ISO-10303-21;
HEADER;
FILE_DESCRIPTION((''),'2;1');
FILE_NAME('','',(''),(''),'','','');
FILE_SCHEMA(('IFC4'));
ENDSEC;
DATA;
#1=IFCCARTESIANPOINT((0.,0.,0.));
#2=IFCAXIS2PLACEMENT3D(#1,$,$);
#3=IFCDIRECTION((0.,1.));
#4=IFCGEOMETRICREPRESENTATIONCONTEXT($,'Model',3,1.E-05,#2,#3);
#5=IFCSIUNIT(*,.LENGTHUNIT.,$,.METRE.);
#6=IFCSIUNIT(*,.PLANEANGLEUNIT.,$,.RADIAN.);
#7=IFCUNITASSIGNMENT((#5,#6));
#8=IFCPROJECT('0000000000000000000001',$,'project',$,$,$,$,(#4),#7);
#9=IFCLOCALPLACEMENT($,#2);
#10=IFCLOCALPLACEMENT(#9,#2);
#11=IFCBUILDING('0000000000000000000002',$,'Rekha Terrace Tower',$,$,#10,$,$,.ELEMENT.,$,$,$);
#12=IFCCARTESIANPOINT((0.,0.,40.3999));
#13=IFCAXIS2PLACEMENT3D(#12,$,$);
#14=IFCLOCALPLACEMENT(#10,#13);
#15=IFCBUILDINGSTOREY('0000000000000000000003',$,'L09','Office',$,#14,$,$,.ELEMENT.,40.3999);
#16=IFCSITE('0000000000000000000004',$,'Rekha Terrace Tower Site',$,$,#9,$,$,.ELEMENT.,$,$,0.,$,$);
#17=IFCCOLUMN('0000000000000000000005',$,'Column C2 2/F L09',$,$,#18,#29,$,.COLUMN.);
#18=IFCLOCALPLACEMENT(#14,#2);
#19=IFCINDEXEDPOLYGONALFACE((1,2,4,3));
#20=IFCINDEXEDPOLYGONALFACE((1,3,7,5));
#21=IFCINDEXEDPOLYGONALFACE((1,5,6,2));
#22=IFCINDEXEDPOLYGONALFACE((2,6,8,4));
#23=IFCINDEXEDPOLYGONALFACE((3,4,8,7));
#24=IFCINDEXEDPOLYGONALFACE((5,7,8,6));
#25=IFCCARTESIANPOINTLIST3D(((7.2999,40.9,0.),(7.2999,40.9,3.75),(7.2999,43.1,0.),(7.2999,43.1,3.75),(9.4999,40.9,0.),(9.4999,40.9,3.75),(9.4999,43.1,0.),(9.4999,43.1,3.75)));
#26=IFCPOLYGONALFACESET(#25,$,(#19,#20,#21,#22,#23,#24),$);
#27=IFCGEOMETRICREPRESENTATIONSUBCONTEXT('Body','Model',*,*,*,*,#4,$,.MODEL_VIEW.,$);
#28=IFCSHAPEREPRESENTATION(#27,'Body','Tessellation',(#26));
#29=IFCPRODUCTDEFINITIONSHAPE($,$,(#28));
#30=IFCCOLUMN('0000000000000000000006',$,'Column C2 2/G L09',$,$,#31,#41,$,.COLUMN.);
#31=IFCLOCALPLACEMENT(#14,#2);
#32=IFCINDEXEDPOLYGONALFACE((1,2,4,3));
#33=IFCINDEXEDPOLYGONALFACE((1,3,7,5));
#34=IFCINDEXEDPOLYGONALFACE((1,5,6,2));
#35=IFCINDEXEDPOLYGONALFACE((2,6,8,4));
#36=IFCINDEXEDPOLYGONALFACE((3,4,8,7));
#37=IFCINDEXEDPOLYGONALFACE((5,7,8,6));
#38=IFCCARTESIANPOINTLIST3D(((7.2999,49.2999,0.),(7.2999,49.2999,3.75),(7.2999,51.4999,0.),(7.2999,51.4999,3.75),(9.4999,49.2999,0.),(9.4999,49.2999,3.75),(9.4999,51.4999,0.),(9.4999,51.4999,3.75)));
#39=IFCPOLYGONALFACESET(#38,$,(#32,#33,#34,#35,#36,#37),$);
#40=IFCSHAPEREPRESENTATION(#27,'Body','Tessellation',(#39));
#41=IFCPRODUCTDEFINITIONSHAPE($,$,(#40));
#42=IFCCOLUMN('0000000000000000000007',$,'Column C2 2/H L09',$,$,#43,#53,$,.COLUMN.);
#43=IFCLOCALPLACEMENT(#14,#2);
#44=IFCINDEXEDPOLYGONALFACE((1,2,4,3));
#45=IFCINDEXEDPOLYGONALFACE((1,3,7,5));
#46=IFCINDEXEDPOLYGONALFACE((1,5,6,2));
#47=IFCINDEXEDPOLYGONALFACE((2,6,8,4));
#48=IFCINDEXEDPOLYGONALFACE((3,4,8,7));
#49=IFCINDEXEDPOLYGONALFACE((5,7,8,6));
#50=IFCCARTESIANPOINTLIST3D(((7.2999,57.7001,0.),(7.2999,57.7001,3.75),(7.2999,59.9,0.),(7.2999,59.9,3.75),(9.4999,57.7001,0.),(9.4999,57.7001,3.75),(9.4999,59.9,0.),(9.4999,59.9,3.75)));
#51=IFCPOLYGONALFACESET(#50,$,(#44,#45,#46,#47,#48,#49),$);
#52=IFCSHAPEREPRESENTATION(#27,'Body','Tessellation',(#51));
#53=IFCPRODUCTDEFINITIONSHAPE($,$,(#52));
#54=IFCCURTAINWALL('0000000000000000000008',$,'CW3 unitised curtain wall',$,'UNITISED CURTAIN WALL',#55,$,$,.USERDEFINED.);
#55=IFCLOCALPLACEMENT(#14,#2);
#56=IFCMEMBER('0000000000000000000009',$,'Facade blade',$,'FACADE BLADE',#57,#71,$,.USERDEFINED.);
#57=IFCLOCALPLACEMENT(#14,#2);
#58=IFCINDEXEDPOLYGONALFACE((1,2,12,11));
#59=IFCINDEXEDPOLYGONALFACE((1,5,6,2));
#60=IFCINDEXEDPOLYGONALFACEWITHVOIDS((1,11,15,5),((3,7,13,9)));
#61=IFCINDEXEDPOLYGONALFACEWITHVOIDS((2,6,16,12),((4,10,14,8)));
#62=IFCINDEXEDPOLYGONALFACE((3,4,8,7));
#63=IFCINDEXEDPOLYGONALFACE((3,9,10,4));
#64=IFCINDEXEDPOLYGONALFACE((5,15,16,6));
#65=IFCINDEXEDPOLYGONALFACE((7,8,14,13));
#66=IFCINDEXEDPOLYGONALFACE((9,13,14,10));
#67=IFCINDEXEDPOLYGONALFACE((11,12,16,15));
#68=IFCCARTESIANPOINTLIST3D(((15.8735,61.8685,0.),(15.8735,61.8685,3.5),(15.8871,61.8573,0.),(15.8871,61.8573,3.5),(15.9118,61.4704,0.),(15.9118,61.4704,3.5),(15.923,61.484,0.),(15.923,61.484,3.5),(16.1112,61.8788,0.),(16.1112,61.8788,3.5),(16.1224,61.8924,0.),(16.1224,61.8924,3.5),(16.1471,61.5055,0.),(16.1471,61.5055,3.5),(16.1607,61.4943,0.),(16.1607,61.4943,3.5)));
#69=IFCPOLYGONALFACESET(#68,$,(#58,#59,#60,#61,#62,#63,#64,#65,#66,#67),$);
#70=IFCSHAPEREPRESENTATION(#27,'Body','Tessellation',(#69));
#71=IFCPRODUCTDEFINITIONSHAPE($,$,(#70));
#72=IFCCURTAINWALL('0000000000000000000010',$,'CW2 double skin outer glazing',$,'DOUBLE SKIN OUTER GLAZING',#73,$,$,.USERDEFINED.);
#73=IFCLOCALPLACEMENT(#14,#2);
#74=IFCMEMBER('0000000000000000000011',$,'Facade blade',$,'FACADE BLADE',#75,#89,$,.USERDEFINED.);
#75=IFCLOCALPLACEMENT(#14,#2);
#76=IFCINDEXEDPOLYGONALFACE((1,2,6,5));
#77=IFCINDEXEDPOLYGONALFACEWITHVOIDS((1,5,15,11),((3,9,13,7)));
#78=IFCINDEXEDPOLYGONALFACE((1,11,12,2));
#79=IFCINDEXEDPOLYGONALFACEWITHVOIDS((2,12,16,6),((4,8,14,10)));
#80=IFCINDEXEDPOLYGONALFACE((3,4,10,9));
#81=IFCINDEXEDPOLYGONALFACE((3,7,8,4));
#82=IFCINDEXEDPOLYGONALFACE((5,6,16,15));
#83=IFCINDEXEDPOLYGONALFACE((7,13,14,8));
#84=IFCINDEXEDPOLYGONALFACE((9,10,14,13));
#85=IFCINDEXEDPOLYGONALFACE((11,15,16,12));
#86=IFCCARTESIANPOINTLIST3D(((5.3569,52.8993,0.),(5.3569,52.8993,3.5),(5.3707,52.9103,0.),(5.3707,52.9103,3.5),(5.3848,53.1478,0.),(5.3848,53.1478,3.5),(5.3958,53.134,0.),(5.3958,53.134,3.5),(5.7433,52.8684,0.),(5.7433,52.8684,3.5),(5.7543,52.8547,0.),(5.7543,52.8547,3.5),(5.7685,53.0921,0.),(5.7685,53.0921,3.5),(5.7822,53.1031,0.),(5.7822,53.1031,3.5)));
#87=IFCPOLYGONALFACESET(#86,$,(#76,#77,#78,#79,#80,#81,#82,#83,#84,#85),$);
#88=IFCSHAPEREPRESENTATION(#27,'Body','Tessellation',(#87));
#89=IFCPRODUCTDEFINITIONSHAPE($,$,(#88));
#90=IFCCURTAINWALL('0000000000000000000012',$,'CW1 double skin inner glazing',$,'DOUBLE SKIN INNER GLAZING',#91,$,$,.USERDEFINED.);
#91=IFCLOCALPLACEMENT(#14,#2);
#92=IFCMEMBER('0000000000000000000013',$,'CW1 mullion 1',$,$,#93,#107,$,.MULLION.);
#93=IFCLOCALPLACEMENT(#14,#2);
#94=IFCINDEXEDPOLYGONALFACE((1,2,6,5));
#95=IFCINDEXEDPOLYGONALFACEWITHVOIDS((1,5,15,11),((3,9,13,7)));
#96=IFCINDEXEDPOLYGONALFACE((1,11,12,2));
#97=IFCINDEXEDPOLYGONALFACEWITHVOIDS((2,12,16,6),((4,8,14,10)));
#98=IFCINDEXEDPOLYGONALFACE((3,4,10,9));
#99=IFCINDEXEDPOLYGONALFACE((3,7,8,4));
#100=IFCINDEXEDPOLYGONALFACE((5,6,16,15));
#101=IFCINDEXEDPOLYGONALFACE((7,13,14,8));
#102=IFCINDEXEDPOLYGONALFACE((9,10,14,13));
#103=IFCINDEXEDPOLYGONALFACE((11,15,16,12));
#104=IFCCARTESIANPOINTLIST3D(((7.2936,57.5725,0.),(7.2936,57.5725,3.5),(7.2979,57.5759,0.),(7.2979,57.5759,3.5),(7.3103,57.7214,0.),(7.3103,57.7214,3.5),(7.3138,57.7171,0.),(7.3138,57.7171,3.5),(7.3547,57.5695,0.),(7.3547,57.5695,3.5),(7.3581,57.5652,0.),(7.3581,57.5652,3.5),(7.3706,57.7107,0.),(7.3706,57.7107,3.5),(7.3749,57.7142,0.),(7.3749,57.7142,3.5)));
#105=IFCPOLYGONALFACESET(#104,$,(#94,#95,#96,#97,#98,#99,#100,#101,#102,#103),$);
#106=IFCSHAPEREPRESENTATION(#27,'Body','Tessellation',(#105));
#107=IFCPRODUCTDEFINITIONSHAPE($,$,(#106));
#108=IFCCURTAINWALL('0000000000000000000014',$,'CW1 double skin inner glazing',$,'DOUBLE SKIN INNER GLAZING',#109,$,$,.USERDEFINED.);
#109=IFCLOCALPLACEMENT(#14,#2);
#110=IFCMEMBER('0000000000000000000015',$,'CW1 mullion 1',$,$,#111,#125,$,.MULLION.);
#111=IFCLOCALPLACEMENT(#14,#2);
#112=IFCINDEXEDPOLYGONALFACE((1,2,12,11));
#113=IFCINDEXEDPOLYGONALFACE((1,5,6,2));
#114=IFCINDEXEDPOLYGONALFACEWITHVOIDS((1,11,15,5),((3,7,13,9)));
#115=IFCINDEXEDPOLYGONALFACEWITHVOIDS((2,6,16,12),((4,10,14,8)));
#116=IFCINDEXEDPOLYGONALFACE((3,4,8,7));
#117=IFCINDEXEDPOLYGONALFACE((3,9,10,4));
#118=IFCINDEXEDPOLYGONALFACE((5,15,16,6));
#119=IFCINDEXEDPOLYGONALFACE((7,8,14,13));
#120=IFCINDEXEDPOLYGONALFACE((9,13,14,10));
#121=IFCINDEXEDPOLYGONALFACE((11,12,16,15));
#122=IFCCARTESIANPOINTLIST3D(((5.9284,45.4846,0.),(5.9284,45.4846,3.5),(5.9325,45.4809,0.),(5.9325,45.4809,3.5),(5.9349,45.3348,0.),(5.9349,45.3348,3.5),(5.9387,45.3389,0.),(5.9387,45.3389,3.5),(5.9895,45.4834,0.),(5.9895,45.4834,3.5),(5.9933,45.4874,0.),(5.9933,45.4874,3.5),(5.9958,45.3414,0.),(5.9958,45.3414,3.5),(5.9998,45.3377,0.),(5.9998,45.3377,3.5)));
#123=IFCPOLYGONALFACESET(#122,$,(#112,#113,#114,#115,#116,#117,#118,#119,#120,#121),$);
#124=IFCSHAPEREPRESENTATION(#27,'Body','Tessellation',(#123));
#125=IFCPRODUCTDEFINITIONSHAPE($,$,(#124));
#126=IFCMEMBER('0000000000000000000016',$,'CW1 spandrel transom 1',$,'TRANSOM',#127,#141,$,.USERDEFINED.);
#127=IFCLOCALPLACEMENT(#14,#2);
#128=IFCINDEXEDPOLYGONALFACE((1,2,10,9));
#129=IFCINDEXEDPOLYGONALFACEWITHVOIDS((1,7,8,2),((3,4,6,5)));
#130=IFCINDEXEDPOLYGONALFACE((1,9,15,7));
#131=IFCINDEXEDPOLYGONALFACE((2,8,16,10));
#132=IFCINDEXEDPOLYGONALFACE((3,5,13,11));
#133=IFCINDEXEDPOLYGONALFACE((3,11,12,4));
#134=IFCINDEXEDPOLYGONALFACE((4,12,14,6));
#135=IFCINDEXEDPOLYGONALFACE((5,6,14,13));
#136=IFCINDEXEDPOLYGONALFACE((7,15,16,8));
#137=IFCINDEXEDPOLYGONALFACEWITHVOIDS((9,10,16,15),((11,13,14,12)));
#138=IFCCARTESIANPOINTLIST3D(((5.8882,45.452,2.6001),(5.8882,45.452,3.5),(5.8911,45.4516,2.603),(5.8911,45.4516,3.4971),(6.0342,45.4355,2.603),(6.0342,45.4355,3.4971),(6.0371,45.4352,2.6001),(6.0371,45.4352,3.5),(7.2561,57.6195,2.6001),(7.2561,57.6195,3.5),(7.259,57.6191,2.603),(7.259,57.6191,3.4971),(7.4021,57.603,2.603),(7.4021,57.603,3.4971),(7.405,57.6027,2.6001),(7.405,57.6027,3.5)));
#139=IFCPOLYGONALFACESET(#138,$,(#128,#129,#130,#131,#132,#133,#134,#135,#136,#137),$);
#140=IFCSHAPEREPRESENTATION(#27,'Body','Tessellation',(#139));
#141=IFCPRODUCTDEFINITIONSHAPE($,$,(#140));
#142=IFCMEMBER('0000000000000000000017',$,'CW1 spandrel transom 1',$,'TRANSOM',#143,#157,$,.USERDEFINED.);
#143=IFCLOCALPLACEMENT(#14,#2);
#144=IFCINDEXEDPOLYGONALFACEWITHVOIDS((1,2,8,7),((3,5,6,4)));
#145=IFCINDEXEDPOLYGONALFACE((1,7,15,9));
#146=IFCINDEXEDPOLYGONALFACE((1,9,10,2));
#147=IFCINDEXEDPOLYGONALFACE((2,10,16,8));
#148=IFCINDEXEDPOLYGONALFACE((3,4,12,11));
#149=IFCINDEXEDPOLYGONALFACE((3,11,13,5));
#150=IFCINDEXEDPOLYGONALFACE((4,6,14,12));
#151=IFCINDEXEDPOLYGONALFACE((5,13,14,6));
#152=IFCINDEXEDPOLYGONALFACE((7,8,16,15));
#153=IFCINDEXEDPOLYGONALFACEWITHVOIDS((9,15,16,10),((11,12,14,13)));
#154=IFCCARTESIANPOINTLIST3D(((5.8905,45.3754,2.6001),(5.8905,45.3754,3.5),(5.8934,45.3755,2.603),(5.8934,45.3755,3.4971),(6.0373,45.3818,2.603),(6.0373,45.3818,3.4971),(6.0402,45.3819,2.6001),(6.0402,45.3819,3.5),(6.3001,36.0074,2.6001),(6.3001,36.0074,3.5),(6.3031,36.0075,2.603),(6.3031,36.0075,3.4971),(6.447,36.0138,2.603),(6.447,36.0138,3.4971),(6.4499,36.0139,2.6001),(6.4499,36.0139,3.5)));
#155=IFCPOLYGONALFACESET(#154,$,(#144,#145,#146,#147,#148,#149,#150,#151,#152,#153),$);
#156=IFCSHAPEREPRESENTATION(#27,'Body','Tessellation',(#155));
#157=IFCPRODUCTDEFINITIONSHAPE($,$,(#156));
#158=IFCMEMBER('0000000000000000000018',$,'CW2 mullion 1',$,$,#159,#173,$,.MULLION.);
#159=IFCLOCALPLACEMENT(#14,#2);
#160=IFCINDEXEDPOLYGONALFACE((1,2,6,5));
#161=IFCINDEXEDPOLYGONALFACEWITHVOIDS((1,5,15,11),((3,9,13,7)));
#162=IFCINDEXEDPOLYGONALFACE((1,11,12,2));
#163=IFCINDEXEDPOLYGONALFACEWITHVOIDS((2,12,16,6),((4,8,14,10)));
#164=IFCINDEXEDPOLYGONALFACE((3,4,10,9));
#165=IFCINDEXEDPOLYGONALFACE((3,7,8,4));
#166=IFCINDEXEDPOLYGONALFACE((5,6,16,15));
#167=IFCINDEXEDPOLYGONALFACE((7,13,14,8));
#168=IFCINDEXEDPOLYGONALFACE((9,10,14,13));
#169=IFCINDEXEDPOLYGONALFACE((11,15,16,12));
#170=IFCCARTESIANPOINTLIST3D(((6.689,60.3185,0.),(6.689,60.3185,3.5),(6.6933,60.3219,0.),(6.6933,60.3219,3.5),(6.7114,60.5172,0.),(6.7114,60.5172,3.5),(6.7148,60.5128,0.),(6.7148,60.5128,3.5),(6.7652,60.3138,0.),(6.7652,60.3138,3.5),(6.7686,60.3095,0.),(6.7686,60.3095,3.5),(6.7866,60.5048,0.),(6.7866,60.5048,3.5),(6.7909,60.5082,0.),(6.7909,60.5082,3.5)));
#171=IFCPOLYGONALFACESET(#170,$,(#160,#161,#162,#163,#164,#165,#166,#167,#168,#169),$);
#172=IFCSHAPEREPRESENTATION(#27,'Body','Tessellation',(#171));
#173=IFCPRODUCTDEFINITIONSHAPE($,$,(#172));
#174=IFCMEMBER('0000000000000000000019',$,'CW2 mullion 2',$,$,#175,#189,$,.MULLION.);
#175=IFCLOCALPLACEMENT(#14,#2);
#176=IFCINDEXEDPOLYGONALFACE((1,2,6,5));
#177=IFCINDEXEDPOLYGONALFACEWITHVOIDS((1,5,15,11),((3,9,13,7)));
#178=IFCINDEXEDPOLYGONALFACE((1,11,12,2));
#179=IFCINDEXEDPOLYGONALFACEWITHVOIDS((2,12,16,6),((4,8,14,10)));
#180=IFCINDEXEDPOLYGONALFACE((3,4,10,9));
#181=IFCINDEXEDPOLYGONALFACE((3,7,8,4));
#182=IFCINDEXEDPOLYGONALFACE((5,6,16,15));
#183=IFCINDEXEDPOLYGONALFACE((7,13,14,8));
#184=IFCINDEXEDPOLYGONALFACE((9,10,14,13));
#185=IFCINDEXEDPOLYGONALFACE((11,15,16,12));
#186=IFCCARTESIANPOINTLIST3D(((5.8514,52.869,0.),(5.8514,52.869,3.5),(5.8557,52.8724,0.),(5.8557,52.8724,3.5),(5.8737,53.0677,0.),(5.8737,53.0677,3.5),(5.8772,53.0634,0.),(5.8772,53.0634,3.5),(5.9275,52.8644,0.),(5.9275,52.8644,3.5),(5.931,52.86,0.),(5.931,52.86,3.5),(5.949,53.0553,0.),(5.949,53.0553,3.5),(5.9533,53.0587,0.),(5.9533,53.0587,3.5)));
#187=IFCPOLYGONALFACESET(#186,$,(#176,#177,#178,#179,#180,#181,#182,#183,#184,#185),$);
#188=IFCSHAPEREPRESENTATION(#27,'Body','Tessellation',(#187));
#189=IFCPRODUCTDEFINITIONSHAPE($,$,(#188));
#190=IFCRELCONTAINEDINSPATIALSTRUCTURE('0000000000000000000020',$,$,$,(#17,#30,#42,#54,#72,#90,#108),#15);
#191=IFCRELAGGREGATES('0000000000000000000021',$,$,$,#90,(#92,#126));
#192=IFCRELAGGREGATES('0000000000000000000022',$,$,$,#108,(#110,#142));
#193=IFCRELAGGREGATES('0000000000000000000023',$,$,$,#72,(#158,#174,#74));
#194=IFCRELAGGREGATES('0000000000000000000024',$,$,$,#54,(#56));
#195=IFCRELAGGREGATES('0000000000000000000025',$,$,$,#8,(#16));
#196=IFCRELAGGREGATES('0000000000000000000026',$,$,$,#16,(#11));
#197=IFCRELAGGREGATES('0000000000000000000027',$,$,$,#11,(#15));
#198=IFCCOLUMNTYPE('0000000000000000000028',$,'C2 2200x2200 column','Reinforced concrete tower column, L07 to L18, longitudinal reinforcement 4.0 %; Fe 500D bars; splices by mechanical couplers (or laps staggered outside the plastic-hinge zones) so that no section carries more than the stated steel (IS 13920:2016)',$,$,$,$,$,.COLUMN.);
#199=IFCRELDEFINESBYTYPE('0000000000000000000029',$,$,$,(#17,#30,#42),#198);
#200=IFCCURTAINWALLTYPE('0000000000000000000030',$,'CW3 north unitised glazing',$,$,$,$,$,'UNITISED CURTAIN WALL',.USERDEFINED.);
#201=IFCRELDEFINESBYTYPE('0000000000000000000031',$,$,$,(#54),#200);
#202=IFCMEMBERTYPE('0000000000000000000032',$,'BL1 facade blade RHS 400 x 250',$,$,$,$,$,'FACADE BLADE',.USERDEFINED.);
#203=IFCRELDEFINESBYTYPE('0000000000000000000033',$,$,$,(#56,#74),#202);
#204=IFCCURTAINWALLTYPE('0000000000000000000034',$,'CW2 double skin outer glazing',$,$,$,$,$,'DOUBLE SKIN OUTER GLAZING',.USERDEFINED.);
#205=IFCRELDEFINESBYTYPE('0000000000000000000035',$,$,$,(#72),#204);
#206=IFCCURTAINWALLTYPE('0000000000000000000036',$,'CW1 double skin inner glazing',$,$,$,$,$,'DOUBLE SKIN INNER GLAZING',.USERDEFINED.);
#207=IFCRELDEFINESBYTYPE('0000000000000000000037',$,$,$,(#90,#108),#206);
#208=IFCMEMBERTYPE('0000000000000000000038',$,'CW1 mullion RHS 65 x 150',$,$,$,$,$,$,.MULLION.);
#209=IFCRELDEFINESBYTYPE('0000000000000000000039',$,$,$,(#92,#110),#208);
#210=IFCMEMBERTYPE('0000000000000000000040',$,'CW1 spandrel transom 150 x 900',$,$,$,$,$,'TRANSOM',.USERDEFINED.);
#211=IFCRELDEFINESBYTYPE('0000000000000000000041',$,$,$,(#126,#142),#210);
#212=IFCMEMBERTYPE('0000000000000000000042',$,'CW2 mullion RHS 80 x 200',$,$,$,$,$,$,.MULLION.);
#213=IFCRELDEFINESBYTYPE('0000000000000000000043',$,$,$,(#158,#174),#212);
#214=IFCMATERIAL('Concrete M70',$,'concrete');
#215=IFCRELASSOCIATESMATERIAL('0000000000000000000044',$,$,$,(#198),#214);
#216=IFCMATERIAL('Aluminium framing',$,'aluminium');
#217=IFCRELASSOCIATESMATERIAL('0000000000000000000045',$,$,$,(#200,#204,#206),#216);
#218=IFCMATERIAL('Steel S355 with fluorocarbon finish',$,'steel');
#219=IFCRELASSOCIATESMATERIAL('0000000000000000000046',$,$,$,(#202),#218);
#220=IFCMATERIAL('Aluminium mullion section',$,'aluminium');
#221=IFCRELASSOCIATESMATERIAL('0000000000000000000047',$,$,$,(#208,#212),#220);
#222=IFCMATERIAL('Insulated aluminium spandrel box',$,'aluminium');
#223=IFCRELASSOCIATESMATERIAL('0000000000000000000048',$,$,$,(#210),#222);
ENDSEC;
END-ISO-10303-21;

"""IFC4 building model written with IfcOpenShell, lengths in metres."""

from ifc_helpers import new_model, si_unit, direction, frame, origin, origin_2d, place, context, subcontext, project, spatial, rectangle, hollow_rectangle, extrude, material, material_profile, profile_set, type_object, element, aggregate, save


model = new_model("IFC4")

# Units and contexts
model_context = context("Model", 3, precision=1e-05, world=origin(), true_north=direction((0.0, 1.0)))
body_context = subcontext(model_context, "Body", "Model", "MODEL_VIEW")
ifc_project = project(units=[si_unit("LENGTHUNIT", "METRE"), si_unit("PLANEANGLEUNIT", "RADIAN")], contexts=[model_context])

# Site, building, storey
site_placement = place(None, origin())
site = spatial("IfcSite", under=ifc_project, at=site_placement, Name="Rekha Terrace Tower Site", CompositionType="ELEMENT", RefElevation=0.0)
building_placement = place(site_placement, origin())
building = spatial("IfcBuilding", under=site, at=building_placement, Name="Rekha Terrace Tower", CompositionType="ELEMENT")
storey_placement = place(building_placement, frame((0.0, 0.0, 40.3999)))
storey = spatial("IfcBuildingStorey", under=building, at=storey_placement, Name="L09", Description="Office", CompositionType="ELEMENT", Elevation=40.3999)

# Columns
ifc_material_1 = material(Name="Concrete M70", Category="concrete")
ifc_material_profile_1 = material_profile(ifc_material_1, rectangle(XDim=2.2, YDim=2.2, at=origin_2d()), Name="RC 2200x2200")
ifc_profile_set_1 = profile_set([ifc_material_profile_1], Name="Concrete M70")
column_type = type_object("IfcColumnType", Name="C2 2200x2200 column", Description="Reinforced concrete tower column, L07 to L18, longitudinal reinforcement 4.0 %; Fe 500D bars; splices by mechanical couplers (or laps staggered outside the plastic-hinge zones) so that no section carries more than the stated steel (IS 13920:2016)", PredefinedType="COLUMN", material=ifc_profile_set_1)
for number, where, z_axis, x_axis, name in (
    (1, (8.3999, 42.0, 0.0), (0.0, 0.0, 1.0), (1.0, 0.0, 0.0), "Column C2 2/F L09"),
    (2, (8.3999, 50.3999, 0.0), (0.0, 0.0, 1.0), (1.0, 0.0, 0.0), "Column C2 2/G L09"),
    (3, (8.3999, 58.8, 0.0), (0.0, 0.0, 1.0), (1.0, 0.0, 0.0), "Column C2 2/H L09"),
):
    element("IfcColumn", number, at=place(storey_placement, frame(where, z_axis=z_axis, x_axis=x_axis)), inside=storey, type_object=column_type, Name=name, PredefinedType="COLUMN", context=body_context, shape_type="SweptSolid", body=[
        extrude(rectangle(XDim=2.2, YDim=2.2, at=origin_2d()), origin(), (0.0, 0.0, 1.0), 3.75),
    ])

# Curtain walls, members
ifc_material_2 = material(Name="Aluminium framing", Category="aluminium")
curtain_wall_type_1 = type_object("IfcCurtainWallType", Name="CW3 north unitised glazing", ElementType="UNITISED CURTAIN WALL", PredefinedType="USERDEFINED", material=ifc_material_2)
curtain_wall_1_placement = place(storey_placement, origin())
curtain_wall_1 = element("IfcCurtainWall", 4, at=curtain_wall_1_placement, inside=storey, type_object=curtain_wall_type_1, Name="CW3 unitised curtain wall", ObjectType="UNITISED CURTAIN WALL", PredefinedType="USERDEFINED")
ifc_material_3 = material(Name="Steel S355 with fluorocarbon finish", Category="steel")
ifc_material_profile_2 = material_profile(ifc_material_3, hollow_rectangle(XDim=0.25, YDim=0.3999, WallThickness=0.0125, at=origin_2d()), Name="RHS400x250x12.5")
ifc_profile_set_2 = profile_set([ifc_material_profile_2], Name="Steel S355 with fluorocarbon finish")
member_type_1 = type_object("IfcMemberType", Name="BL1 facade blade RHS 400 x 250", ElementType="FACADE BLADE", PredefinedType="USERDEFINED", material=ifc_profile_set_2)
member_1_placement = place(storey_placement, frame((16.0171, 61.6814, 0.0), z_axis=(0.0, 0.0, 1.0), x_axis=(-0.995409, -0.095712, 0.0)))
member_1 = element("IfcMember", 5, at=member_1_placement, type_object=member_type_1, Name="Facade blade", ObjectType="FACADE BLADE", PredefinedType="USERDEFINED", context=body_context, shape_type="SweptSolid", body=[
    extrude(hollow_rectangle(XDim=0.25, YDim=0.3999, WallThickness=0.0125, at=origin_2d()), origin(), (0.0, 0.0, 1.0), 3.5),
])
curtain_wall_type_2 = type_object("IfcCurtainWallType", Name="CW2 double skin outer glazing", ElementType="DOUBLE SKIN OUTER GLAZING", PredefinedType="USERDEFINED", material=ifc_material_2)
curtain_wall_2_placement = place(storey_placement, origin())
curtain_wall_2 = element("IfcCurtainWall", 6, at=curtain_wall_2_placement, inside=storey, type_object=curtain_wall_type_2, Name="CW2 double skin outer glazing", ObjectType="DOUBLE SKIN OUTER GLAZING", PredefinedType="USERDEFINED")
member_2_placement = place(storey_placement, frame((5.5696, 53.0012, 0.0), z_axis=(0.0, 0.0, 1.0), x_axis=(-0.111729, -0.993739, 0.0)))
member_2 = element("IfcMember", 7, at=member_2_placement, type_object=member_type_1, Name="Facade blade", ObjectType="FACADE BLADE", PredefinedType="USERDEFINED", context=body_context, shape_type="SweptSolid", body=[
    extrude(hollow_rectangle(XDim=0.25, YDim=0.3999, WallThickness=0.0125, at=origin_2d()), origin(), (0.0, 0.0, 1.0), 3.5),
])
curtain_wall_type_3 = type_object("IfcCurtainWallType", Name="CW1 double skin inner glazing", ElementType="DOUBLE SKIN INNER GLAZING", PredefinedType="USERDEFINED", material=ifc_material_2)
curtain_wall_3_placement = place(storey_placement, origin())
curtain_wall_3 = element("IfcCurtainWall", 8, at=curtain_wall_3_placement, inside=storey, type_object=curtain_wall_type_3, Name="CW1 double skin inner glazing", ObjectType="DOUBLE SKIN INNER GLAZING", PredefinedType="USERDEFINED")
ifc_material_4 = material(Name="Aluminium mullion section", Category="aluminium")
ifc_material_profile_3 = material_profile(ifc_material_4, hollow_rectangle(XDim=0.0649, YDim=0.1499, WallThickness=0.0039, at=origin_2d()), Name="AL RHS 65x150")
ifc_profile_set_3 = profile_set([ifc_material_profile_3], Name="Aluminium mullion section")
member_type_2 = type_object("IfcMemberType", Name="CW1 mullion RHS 65 x 150", PredefinedType="MULLION", material=ifc_profile_set_3)
member_3_placement = place(storey_placement, frame((7.3342, 57.6433, 0.0), z_axis=(0.0, 0.0, 1.0), x_axis=(0.993739, -0.11173, 0.0)))
member_3 = element("IfcMember", 9, at=member_3_placement, type_object=member_type_2, Name="CW1 mullion 1", PredefinedType="MULLION", context=body_context, shape_type="SweptSolid", body=[
    extrude(hollow_rectangle(XDim=0.0649, YDim=0.1499, WallThickness=0.0039, at=origin_2d()), origin(), (0.0, 0.0, 1.0), 3.5),
])
curtain_wall_4_placement = place(storey_placement, origin())
curtain_wall_4 = element("IfcCurtainWall", 10, at=curtain_wall_4_placement, inside=storey, type_object=curtain_wall_type_3, Name="CW1 double skin inner glazing", ObjectType="DOUBLE SKIN INNER GLAZING", PredefinedType="USERDEFINED")
member_4_placement = place(storey_placement, frame((5.9641, 45.4111, 0.0), z_axis=(0.0, 0.0, 1.0), x_axis=(0.999045, 0.043683, 0.0)))
member_4 = element("IfcMember", 11, at=member_4_placement, type_object=member_type_2, Name="CW1 mullion 1", PredefinedType="MULLION", context=body_context, shape_type="SweptSolid", body=[
    extrude(hollow_rectangle(XDim=0.0649, YDim=0.1499, WallThickness=0.0039, at=origin_2d()), origin(), (0.0, 0.0, 1.0), 3.5),
])

# Members
ifc_material_5 = material(Name="Insulated aluminium spandrel box", Category="aluminium")
ifc_material_profile_4 = material_profile(ifc_material_5, hollow_rectangle(XDim=0.1499, YDim=0.8999, WallThickness=0.0029, at=origin_2d()), Name="AL SPANDREL BOX 150x900")
ifc_profile_set_4 = profile_set([ifc_material_profile_4], Name="Insulated aluminium spandrel box")
member_type_3 = type_object("IfcMemberType", Name="CW1 spandrel transom 150 x 900", ElementType="TRANSOM", PredefinedType="USERDEFINED", material=ifc_profile_set_4)
member_5_placement = place(storey_placement, frame((7.3306, 57.6111, 3.05), z_axis=(-0.11172, -0.99374, 0.0), x_axis=(0.99374, -0.11172, 0.0)))
member_5 = element("IfcMember", 12, at=member_5_placement, type_object=member_type_3, Name="CW1 spandrel transom 1", ObjectType="TRANSOM", PredefinedType="USERDEFINED", context=body_context, shape_type="SweptSolid", body=[
    extrude(hollow_rectangle(XDim=0.1499, YDim=0.8999, WallThickness=0.0029, at=origin_2d()), origin(), (0.0, 0.0, 1.0), 12.2441),
])
member_6_placement = place(storey_placement, frame((5.9653, 45.3787, 3.05), z_axis=(0.043689, -0.999045, 0.0), x_axis=(0.999045, 0.043689, 0.0)))
member_6 = element("IfcMember", 13, at=member_6_placement, type_object=member_type_3, Name="CW1 spandrel transom 1", ObjectType="TRANSOM", PredefinedType="USERDEFINED", context=body_context, shape_type="SweptSolid", body=[
    extrude(hollow_rectangle(XDim=0.1499, YDim=0.8999, WallThickness=0.0029, at=origin_2d()), origin(), (0.0, 0.0, 1.0), 9.377),
])
ifc_material_profile_5 = material_profile(ifc_material_4, hollow_rectangle(XDim=0.0801, YDim=0.2, WallThickness=0.0039, at=origin_2d()), Name="AL RHS 80x200")
ifc_profile_set_5 = profile_set([ifc_material_profile_5], Name="Aluminium mullion section")
member_type_4 = type_object("IfcMemberType", Name="CW2 mullion RHS 80 x 200", PredefinedType="MULLION", material=ifc_profile_set_5)
member_7_placement = place(storey_placement, frame((6.74, 60.4133, 0.0), z_axis=(0.0, 0.0, 1.0), x_axis=(0.993739, -0.11173, 0.0)))
member_7 = element("IfcMember", 14, at=member_7_placement, type_object=member_type_4, Name="CW2 mullion 1", PredefinedType="MULLION", context=body_context, shape_type="SweptSolid", body=[
    extrude(hollow_rectangle(XDim=0.0801, YDim=0.2, WallThickness=0.0039, at=origin_2d()), origin(), (0.0, 0.0, 1.0), 3.5),
])
member_8_placement = place(storey_placement, frame((5.9023, 52.9639, 0.0), z_axis=(0.0, 0.0, 1.0), x_axis=(0.993739, -0.11173, 0.0)))
member_8 = element("IfcMember", 15, at=member_8_placement, type_object=member_type_4, Name="CW2 mullion 2", PredefinedType="MULLION", context=body_context, shape_type="SweptSolid", body=[
    extrude(hollow_rectangle(XDim=0.0801, YDim=0.2, WallThickness=0.0039, at=origin_2d()), origin(), (0.0, 0.0, 1.0), 3.5),
])

aggregate(curtain_wall_3, [member_3, member_5])
aggregate(curtain_wall_4, [member_4, member_6])
aggregate(curtain_wall_2, [member_7, member_8, member_2])
aggregate(curtain_wall_1, [member_1])

save(model, "model.ifc")
